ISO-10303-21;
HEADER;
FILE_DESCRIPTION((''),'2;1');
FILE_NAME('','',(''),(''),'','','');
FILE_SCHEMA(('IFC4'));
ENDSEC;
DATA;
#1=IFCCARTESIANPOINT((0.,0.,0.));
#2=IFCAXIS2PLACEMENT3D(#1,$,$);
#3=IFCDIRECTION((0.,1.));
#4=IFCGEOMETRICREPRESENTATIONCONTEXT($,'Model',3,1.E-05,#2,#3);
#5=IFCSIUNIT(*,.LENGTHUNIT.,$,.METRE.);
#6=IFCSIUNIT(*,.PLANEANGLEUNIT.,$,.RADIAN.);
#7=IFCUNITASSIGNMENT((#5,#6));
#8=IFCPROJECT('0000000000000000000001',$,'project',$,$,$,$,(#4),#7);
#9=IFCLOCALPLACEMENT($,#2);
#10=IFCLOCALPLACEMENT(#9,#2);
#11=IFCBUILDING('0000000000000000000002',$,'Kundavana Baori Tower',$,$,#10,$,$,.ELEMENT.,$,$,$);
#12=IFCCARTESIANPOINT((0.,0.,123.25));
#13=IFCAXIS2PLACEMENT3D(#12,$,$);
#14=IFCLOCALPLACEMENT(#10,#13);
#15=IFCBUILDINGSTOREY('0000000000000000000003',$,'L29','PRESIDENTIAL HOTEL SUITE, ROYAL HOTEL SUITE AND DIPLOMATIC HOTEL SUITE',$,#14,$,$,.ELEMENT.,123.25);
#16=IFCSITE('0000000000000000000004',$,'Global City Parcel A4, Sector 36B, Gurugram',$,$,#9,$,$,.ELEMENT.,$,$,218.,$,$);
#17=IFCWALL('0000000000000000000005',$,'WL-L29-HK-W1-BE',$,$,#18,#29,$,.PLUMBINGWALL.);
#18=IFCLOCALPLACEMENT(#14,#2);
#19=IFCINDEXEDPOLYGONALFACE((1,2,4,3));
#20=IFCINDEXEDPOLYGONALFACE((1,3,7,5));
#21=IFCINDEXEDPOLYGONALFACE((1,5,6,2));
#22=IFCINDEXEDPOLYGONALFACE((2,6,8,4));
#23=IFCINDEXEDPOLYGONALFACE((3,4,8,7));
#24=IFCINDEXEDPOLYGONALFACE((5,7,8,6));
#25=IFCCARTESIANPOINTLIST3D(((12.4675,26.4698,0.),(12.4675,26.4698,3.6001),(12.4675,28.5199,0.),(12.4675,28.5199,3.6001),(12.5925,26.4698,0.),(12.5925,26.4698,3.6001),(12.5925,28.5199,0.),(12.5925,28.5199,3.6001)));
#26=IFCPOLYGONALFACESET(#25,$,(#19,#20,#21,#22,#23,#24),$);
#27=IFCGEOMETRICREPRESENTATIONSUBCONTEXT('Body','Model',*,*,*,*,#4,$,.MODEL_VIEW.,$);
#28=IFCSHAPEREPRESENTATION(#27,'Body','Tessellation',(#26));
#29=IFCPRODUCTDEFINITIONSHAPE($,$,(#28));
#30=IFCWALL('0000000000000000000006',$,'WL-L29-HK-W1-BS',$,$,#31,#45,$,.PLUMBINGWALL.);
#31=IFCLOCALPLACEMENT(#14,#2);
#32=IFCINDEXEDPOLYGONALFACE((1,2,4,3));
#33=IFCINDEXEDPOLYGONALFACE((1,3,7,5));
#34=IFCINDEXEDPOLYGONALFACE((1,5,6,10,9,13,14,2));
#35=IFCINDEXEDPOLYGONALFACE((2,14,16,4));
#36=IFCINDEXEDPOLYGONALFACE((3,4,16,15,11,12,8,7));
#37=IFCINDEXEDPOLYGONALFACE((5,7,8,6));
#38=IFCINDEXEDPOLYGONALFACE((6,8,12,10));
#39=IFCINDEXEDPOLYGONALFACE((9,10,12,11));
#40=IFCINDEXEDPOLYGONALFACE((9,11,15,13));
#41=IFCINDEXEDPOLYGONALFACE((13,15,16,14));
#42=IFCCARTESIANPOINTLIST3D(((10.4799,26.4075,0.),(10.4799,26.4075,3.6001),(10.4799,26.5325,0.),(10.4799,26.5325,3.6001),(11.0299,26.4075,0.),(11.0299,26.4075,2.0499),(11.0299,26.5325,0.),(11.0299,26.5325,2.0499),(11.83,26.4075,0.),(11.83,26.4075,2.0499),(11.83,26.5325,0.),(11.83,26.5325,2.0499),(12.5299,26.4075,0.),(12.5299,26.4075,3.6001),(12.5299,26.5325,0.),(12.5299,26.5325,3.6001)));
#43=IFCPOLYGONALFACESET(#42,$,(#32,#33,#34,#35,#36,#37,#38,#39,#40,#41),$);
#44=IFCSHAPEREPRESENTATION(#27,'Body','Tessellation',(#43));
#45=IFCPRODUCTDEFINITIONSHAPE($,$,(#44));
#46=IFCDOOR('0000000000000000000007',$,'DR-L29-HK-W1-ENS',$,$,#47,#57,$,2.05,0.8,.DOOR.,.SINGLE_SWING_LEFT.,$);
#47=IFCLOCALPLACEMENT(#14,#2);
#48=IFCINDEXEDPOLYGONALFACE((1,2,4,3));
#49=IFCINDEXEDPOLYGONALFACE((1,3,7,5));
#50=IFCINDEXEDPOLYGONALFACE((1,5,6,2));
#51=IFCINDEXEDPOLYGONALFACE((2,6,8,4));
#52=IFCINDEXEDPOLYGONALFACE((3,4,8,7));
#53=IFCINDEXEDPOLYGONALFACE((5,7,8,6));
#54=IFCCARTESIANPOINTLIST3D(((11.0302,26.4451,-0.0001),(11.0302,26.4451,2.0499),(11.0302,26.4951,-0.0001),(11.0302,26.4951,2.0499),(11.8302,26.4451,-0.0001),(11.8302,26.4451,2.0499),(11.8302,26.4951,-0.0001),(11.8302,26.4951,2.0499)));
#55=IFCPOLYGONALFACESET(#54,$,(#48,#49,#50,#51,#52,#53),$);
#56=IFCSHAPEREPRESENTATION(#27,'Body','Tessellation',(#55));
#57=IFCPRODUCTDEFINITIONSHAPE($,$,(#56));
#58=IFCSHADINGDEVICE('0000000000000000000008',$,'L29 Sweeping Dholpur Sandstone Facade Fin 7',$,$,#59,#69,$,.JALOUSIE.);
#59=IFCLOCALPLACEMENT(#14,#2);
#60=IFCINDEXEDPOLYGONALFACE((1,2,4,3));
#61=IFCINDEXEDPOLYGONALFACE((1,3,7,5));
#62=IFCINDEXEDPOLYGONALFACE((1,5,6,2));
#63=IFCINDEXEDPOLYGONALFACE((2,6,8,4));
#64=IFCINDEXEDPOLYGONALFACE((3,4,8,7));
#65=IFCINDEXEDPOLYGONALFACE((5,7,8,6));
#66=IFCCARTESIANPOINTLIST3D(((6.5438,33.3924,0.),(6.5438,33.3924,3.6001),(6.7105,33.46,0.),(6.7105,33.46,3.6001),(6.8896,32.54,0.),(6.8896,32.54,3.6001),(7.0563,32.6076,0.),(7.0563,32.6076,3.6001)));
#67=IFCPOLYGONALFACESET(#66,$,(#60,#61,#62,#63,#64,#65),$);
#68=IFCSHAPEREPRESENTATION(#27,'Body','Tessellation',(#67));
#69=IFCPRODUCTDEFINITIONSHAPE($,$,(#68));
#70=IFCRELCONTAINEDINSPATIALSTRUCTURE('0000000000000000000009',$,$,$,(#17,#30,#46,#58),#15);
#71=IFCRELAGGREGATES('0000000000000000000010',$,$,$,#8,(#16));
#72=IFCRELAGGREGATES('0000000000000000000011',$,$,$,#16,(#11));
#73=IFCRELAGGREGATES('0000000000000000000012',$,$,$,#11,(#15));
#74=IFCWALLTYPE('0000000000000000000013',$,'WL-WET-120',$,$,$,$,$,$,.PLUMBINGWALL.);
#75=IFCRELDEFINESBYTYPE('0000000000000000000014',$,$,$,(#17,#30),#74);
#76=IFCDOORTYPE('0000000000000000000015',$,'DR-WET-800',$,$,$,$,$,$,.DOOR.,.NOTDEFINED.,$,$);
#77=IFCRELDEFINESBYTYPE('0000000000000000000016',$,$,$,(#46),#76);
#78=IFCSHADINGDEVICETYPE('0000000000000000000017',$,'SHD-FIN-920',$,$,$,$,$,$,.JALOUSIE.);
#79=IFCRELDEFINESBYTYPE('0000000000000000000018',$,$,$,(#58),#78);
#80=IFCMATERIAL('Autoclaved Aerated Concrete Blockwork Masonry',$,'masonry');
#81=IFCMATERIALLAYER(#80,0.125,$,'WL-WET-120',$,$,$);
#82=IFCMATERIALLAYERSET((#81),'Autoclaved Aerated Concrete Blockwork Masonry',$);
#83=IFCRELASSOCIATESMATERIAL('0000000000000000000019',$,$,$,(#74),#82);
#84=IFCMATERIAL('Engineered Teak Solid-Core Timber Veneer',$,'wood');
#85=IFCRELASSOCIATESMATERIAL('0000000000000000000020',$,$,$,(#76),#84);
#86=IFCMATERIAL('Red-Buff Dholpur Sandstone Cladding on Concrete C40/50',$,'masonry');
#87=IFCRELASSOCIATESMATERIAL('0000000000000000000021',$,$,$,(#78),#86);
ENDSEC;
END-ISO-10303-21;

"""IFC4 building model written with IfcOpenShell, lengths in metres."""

from ifc_helpers import new_model, si_unit, direction, frame, frame_2d, origin, origin_2d, place, context, subcontext, project, spatial, rectangle, extrude, material, layer, layer_set, type_object, element, fill, save


model = new_model("IFC4")

# Units and contexts
model_context = context("Model", 3, precision=1e-05, world=origin(), true_north=direction((0.0, 1.0)))
body_context = subcontext(model_context, "Body", "Model", "MODEL_VIEW")
ifc_project = project(units=[si_unit("LENGTHUNIT", "METRE"), si_unit("PLANEANGLEUNIT", "RADIAN")], contexts=[model_context])

# Site, building, storey
site_placement = place(None, origin())
site = spatial("IfcSite", under=ifc_project, at=site_placement, Name="Global City Parcel A4, Sector 36B, Gurugram", CompositionType="ELEMENT", RefElevation=218.0)
building_placement = place(site_placement, origin())
building = spatial("IfcBuilding", under=site, at=building_placement, Name="Kundavana Baori Tower", CompositionType="ELEMENT")
storey_placement = place(building_placement, frame((0.0, 0.0, 123.25)))
storey = spatial("IfcBuildingStorey", under=building, at=storey_placement, Name="L29", Description="PRESIDENTIAL HOTEL SUITE, ROYAL HOTEL SUITE AND DIPLOMATIC HOTEL SUITE", CompositionType="ELEMENT", Elevation=123.25)

# Wall
ifc_material_1 = material(Name="Autoclaved Aerated Concrete Blockwork Masonry", Category="masonry")
ifc_layer_1 = layer(ifc_material_1, 0.125, Name="WL-WET-120")
ifc_layer_set_1 = layer_set([ifc_layer_1], Name="Autoclaved Aerated Concrete Blockwork Masonry")
wall_type_1 = type_object("IfcWallType", Name="WL-WET-120", PredefinedType="PLUMBINGWALL", material=ifc_layer_set_1)
wall_1_placement = place(storey_placement, frame((12.53, 26.47, 0.0), z_axis=(0.0, 0.0, 1.0), x_axis=(0.0, 1.0, 0.0)))
element("IfcWall", 1, at=wall_1_placement, inside=storey, type_object=wall_type_1, Name="WL-L29-HK-W1-BE", PredefinedType="PLUMBINGWALL", context=body_context, shape_type="SweptSolid", body=[
    extrude(rectangle(XDim=2.05, YDim=0.125, at=frame_2d((1.0249, 0.0))), origin(), (0.0, 0.0, 1.0), 3.6001),
])

# Wall, opening, door
wall_2_placement = place(storey_placement, frame((10.48, 26.47, 0.0), z_axis=(0.0, 0.0, 1.0), x_axis=(1.0, 0.0, 0.0)))
wall_2 = element("IfcWall", 2, at=wall_2_placement, inside=storey, type_object=wall_type_1, Name="WL-L29-HK-W1-BS", PredefinedType="PLUMBINGWALL", context=body_context, shape_type="SweptSolid", body=[
    extrude(rectangle(XDim=2.05, YDim=0.125, at=frame_2d((1.0249, 0.0))), origin(), (0.0, 0.0, 1.0), 3.6001),
])
opening_1_placement = place(wall_2_placement, frame((0.55, 0.0, 0.0)))
opening_1 = element("IfcOpeningElement", 3, at=opening_1_placement, cuts=wall_2, PredefinedType="OPENING", context=body_context, shape_type="SweptSolid", body=[
    extrude(rectangle(XDim=0.8, YDim=2.05, at=frame_2d((0.3999, 1.0249))), frame((0.0, 0.0725, 0.0), z_axis=(0.0, -1.0, 0.0), x_axis=(1.0, 0.0, 0.0)), (0.0, 0.0, 1.0), 0.145),
])
ifc_material_2 = material(Name="Engineered Teak Solid-Core Timber Veneer", Category="wood")
door_type_1 = type_object("IfcDoorType", Name="DR-WET-800", OperationType="NOTDEFINED", PredefinedType="DOOR", material=ifc_material_2)
door_1_placement = place(opening_1_placement, frame((0.8, 0.0, 0.0), z_axis=(0.0, 0.0, 1.0), x_axis=(-1.0, 0.0, 0.0)))
door_1 = element("IfcDoor", 4, at=door_1_placement, inside=storey, type_object=door_type_1, Name="DR-L29-HK-W1-ENS", OperationType="SINGLE_SWING_LEFT", OverallHeight=2.05, OverallWidth=0.8, PredefinedType="DOOR", context=body_context, shape_type="SweptSolid", body=[
    extrude(rectangle(XDim=0.8, YDim=2.05, at=frame_2d((0.3999, 1.0249))), frame((0.0, 0.0249, 0.0), z_axis=(0.0, -1.0, 0.0), x_axis=(1.0, 0.0, 0.0)), (0.0, 0.0, 1.0), 0.05),
])
fill(opening_1, door_1)

# Shading device
ifc_material_3 = material(Name="Red-Buff Dholpur Sandstone Cladding on Concrete C40/50", Category="masonry")
shading_device_type = type_object("IfcShadingDeviceType", Name="SHD-FIN-920", PredefinedType="JALOUSIE", material=ifc_material_3)
shading_device_placement = place(storey_placement, frame((6.8, 33.0, 0.0), z_axis=(0.0, 0.0, 1.0), x_axis=(0.92666, 0.375901, 0.0)))
element("IfcShadingDevice", 5, at=shading_device_placement, inside=storey, type_object=shading_device_type, Name="L29 Sweeping Dholpur Sandstone Facade Fin 7", PredefinedType="JALOUSIE", context=body_context, shape_type="SweptSolid", body=[
    extrude(rectangle(XDim=0.1799, YDim=0.9199, at=origin_2d()), origin(), (0.0, 0.0, 1.0), 3.6001),
])

save(model, "model.ifc")
